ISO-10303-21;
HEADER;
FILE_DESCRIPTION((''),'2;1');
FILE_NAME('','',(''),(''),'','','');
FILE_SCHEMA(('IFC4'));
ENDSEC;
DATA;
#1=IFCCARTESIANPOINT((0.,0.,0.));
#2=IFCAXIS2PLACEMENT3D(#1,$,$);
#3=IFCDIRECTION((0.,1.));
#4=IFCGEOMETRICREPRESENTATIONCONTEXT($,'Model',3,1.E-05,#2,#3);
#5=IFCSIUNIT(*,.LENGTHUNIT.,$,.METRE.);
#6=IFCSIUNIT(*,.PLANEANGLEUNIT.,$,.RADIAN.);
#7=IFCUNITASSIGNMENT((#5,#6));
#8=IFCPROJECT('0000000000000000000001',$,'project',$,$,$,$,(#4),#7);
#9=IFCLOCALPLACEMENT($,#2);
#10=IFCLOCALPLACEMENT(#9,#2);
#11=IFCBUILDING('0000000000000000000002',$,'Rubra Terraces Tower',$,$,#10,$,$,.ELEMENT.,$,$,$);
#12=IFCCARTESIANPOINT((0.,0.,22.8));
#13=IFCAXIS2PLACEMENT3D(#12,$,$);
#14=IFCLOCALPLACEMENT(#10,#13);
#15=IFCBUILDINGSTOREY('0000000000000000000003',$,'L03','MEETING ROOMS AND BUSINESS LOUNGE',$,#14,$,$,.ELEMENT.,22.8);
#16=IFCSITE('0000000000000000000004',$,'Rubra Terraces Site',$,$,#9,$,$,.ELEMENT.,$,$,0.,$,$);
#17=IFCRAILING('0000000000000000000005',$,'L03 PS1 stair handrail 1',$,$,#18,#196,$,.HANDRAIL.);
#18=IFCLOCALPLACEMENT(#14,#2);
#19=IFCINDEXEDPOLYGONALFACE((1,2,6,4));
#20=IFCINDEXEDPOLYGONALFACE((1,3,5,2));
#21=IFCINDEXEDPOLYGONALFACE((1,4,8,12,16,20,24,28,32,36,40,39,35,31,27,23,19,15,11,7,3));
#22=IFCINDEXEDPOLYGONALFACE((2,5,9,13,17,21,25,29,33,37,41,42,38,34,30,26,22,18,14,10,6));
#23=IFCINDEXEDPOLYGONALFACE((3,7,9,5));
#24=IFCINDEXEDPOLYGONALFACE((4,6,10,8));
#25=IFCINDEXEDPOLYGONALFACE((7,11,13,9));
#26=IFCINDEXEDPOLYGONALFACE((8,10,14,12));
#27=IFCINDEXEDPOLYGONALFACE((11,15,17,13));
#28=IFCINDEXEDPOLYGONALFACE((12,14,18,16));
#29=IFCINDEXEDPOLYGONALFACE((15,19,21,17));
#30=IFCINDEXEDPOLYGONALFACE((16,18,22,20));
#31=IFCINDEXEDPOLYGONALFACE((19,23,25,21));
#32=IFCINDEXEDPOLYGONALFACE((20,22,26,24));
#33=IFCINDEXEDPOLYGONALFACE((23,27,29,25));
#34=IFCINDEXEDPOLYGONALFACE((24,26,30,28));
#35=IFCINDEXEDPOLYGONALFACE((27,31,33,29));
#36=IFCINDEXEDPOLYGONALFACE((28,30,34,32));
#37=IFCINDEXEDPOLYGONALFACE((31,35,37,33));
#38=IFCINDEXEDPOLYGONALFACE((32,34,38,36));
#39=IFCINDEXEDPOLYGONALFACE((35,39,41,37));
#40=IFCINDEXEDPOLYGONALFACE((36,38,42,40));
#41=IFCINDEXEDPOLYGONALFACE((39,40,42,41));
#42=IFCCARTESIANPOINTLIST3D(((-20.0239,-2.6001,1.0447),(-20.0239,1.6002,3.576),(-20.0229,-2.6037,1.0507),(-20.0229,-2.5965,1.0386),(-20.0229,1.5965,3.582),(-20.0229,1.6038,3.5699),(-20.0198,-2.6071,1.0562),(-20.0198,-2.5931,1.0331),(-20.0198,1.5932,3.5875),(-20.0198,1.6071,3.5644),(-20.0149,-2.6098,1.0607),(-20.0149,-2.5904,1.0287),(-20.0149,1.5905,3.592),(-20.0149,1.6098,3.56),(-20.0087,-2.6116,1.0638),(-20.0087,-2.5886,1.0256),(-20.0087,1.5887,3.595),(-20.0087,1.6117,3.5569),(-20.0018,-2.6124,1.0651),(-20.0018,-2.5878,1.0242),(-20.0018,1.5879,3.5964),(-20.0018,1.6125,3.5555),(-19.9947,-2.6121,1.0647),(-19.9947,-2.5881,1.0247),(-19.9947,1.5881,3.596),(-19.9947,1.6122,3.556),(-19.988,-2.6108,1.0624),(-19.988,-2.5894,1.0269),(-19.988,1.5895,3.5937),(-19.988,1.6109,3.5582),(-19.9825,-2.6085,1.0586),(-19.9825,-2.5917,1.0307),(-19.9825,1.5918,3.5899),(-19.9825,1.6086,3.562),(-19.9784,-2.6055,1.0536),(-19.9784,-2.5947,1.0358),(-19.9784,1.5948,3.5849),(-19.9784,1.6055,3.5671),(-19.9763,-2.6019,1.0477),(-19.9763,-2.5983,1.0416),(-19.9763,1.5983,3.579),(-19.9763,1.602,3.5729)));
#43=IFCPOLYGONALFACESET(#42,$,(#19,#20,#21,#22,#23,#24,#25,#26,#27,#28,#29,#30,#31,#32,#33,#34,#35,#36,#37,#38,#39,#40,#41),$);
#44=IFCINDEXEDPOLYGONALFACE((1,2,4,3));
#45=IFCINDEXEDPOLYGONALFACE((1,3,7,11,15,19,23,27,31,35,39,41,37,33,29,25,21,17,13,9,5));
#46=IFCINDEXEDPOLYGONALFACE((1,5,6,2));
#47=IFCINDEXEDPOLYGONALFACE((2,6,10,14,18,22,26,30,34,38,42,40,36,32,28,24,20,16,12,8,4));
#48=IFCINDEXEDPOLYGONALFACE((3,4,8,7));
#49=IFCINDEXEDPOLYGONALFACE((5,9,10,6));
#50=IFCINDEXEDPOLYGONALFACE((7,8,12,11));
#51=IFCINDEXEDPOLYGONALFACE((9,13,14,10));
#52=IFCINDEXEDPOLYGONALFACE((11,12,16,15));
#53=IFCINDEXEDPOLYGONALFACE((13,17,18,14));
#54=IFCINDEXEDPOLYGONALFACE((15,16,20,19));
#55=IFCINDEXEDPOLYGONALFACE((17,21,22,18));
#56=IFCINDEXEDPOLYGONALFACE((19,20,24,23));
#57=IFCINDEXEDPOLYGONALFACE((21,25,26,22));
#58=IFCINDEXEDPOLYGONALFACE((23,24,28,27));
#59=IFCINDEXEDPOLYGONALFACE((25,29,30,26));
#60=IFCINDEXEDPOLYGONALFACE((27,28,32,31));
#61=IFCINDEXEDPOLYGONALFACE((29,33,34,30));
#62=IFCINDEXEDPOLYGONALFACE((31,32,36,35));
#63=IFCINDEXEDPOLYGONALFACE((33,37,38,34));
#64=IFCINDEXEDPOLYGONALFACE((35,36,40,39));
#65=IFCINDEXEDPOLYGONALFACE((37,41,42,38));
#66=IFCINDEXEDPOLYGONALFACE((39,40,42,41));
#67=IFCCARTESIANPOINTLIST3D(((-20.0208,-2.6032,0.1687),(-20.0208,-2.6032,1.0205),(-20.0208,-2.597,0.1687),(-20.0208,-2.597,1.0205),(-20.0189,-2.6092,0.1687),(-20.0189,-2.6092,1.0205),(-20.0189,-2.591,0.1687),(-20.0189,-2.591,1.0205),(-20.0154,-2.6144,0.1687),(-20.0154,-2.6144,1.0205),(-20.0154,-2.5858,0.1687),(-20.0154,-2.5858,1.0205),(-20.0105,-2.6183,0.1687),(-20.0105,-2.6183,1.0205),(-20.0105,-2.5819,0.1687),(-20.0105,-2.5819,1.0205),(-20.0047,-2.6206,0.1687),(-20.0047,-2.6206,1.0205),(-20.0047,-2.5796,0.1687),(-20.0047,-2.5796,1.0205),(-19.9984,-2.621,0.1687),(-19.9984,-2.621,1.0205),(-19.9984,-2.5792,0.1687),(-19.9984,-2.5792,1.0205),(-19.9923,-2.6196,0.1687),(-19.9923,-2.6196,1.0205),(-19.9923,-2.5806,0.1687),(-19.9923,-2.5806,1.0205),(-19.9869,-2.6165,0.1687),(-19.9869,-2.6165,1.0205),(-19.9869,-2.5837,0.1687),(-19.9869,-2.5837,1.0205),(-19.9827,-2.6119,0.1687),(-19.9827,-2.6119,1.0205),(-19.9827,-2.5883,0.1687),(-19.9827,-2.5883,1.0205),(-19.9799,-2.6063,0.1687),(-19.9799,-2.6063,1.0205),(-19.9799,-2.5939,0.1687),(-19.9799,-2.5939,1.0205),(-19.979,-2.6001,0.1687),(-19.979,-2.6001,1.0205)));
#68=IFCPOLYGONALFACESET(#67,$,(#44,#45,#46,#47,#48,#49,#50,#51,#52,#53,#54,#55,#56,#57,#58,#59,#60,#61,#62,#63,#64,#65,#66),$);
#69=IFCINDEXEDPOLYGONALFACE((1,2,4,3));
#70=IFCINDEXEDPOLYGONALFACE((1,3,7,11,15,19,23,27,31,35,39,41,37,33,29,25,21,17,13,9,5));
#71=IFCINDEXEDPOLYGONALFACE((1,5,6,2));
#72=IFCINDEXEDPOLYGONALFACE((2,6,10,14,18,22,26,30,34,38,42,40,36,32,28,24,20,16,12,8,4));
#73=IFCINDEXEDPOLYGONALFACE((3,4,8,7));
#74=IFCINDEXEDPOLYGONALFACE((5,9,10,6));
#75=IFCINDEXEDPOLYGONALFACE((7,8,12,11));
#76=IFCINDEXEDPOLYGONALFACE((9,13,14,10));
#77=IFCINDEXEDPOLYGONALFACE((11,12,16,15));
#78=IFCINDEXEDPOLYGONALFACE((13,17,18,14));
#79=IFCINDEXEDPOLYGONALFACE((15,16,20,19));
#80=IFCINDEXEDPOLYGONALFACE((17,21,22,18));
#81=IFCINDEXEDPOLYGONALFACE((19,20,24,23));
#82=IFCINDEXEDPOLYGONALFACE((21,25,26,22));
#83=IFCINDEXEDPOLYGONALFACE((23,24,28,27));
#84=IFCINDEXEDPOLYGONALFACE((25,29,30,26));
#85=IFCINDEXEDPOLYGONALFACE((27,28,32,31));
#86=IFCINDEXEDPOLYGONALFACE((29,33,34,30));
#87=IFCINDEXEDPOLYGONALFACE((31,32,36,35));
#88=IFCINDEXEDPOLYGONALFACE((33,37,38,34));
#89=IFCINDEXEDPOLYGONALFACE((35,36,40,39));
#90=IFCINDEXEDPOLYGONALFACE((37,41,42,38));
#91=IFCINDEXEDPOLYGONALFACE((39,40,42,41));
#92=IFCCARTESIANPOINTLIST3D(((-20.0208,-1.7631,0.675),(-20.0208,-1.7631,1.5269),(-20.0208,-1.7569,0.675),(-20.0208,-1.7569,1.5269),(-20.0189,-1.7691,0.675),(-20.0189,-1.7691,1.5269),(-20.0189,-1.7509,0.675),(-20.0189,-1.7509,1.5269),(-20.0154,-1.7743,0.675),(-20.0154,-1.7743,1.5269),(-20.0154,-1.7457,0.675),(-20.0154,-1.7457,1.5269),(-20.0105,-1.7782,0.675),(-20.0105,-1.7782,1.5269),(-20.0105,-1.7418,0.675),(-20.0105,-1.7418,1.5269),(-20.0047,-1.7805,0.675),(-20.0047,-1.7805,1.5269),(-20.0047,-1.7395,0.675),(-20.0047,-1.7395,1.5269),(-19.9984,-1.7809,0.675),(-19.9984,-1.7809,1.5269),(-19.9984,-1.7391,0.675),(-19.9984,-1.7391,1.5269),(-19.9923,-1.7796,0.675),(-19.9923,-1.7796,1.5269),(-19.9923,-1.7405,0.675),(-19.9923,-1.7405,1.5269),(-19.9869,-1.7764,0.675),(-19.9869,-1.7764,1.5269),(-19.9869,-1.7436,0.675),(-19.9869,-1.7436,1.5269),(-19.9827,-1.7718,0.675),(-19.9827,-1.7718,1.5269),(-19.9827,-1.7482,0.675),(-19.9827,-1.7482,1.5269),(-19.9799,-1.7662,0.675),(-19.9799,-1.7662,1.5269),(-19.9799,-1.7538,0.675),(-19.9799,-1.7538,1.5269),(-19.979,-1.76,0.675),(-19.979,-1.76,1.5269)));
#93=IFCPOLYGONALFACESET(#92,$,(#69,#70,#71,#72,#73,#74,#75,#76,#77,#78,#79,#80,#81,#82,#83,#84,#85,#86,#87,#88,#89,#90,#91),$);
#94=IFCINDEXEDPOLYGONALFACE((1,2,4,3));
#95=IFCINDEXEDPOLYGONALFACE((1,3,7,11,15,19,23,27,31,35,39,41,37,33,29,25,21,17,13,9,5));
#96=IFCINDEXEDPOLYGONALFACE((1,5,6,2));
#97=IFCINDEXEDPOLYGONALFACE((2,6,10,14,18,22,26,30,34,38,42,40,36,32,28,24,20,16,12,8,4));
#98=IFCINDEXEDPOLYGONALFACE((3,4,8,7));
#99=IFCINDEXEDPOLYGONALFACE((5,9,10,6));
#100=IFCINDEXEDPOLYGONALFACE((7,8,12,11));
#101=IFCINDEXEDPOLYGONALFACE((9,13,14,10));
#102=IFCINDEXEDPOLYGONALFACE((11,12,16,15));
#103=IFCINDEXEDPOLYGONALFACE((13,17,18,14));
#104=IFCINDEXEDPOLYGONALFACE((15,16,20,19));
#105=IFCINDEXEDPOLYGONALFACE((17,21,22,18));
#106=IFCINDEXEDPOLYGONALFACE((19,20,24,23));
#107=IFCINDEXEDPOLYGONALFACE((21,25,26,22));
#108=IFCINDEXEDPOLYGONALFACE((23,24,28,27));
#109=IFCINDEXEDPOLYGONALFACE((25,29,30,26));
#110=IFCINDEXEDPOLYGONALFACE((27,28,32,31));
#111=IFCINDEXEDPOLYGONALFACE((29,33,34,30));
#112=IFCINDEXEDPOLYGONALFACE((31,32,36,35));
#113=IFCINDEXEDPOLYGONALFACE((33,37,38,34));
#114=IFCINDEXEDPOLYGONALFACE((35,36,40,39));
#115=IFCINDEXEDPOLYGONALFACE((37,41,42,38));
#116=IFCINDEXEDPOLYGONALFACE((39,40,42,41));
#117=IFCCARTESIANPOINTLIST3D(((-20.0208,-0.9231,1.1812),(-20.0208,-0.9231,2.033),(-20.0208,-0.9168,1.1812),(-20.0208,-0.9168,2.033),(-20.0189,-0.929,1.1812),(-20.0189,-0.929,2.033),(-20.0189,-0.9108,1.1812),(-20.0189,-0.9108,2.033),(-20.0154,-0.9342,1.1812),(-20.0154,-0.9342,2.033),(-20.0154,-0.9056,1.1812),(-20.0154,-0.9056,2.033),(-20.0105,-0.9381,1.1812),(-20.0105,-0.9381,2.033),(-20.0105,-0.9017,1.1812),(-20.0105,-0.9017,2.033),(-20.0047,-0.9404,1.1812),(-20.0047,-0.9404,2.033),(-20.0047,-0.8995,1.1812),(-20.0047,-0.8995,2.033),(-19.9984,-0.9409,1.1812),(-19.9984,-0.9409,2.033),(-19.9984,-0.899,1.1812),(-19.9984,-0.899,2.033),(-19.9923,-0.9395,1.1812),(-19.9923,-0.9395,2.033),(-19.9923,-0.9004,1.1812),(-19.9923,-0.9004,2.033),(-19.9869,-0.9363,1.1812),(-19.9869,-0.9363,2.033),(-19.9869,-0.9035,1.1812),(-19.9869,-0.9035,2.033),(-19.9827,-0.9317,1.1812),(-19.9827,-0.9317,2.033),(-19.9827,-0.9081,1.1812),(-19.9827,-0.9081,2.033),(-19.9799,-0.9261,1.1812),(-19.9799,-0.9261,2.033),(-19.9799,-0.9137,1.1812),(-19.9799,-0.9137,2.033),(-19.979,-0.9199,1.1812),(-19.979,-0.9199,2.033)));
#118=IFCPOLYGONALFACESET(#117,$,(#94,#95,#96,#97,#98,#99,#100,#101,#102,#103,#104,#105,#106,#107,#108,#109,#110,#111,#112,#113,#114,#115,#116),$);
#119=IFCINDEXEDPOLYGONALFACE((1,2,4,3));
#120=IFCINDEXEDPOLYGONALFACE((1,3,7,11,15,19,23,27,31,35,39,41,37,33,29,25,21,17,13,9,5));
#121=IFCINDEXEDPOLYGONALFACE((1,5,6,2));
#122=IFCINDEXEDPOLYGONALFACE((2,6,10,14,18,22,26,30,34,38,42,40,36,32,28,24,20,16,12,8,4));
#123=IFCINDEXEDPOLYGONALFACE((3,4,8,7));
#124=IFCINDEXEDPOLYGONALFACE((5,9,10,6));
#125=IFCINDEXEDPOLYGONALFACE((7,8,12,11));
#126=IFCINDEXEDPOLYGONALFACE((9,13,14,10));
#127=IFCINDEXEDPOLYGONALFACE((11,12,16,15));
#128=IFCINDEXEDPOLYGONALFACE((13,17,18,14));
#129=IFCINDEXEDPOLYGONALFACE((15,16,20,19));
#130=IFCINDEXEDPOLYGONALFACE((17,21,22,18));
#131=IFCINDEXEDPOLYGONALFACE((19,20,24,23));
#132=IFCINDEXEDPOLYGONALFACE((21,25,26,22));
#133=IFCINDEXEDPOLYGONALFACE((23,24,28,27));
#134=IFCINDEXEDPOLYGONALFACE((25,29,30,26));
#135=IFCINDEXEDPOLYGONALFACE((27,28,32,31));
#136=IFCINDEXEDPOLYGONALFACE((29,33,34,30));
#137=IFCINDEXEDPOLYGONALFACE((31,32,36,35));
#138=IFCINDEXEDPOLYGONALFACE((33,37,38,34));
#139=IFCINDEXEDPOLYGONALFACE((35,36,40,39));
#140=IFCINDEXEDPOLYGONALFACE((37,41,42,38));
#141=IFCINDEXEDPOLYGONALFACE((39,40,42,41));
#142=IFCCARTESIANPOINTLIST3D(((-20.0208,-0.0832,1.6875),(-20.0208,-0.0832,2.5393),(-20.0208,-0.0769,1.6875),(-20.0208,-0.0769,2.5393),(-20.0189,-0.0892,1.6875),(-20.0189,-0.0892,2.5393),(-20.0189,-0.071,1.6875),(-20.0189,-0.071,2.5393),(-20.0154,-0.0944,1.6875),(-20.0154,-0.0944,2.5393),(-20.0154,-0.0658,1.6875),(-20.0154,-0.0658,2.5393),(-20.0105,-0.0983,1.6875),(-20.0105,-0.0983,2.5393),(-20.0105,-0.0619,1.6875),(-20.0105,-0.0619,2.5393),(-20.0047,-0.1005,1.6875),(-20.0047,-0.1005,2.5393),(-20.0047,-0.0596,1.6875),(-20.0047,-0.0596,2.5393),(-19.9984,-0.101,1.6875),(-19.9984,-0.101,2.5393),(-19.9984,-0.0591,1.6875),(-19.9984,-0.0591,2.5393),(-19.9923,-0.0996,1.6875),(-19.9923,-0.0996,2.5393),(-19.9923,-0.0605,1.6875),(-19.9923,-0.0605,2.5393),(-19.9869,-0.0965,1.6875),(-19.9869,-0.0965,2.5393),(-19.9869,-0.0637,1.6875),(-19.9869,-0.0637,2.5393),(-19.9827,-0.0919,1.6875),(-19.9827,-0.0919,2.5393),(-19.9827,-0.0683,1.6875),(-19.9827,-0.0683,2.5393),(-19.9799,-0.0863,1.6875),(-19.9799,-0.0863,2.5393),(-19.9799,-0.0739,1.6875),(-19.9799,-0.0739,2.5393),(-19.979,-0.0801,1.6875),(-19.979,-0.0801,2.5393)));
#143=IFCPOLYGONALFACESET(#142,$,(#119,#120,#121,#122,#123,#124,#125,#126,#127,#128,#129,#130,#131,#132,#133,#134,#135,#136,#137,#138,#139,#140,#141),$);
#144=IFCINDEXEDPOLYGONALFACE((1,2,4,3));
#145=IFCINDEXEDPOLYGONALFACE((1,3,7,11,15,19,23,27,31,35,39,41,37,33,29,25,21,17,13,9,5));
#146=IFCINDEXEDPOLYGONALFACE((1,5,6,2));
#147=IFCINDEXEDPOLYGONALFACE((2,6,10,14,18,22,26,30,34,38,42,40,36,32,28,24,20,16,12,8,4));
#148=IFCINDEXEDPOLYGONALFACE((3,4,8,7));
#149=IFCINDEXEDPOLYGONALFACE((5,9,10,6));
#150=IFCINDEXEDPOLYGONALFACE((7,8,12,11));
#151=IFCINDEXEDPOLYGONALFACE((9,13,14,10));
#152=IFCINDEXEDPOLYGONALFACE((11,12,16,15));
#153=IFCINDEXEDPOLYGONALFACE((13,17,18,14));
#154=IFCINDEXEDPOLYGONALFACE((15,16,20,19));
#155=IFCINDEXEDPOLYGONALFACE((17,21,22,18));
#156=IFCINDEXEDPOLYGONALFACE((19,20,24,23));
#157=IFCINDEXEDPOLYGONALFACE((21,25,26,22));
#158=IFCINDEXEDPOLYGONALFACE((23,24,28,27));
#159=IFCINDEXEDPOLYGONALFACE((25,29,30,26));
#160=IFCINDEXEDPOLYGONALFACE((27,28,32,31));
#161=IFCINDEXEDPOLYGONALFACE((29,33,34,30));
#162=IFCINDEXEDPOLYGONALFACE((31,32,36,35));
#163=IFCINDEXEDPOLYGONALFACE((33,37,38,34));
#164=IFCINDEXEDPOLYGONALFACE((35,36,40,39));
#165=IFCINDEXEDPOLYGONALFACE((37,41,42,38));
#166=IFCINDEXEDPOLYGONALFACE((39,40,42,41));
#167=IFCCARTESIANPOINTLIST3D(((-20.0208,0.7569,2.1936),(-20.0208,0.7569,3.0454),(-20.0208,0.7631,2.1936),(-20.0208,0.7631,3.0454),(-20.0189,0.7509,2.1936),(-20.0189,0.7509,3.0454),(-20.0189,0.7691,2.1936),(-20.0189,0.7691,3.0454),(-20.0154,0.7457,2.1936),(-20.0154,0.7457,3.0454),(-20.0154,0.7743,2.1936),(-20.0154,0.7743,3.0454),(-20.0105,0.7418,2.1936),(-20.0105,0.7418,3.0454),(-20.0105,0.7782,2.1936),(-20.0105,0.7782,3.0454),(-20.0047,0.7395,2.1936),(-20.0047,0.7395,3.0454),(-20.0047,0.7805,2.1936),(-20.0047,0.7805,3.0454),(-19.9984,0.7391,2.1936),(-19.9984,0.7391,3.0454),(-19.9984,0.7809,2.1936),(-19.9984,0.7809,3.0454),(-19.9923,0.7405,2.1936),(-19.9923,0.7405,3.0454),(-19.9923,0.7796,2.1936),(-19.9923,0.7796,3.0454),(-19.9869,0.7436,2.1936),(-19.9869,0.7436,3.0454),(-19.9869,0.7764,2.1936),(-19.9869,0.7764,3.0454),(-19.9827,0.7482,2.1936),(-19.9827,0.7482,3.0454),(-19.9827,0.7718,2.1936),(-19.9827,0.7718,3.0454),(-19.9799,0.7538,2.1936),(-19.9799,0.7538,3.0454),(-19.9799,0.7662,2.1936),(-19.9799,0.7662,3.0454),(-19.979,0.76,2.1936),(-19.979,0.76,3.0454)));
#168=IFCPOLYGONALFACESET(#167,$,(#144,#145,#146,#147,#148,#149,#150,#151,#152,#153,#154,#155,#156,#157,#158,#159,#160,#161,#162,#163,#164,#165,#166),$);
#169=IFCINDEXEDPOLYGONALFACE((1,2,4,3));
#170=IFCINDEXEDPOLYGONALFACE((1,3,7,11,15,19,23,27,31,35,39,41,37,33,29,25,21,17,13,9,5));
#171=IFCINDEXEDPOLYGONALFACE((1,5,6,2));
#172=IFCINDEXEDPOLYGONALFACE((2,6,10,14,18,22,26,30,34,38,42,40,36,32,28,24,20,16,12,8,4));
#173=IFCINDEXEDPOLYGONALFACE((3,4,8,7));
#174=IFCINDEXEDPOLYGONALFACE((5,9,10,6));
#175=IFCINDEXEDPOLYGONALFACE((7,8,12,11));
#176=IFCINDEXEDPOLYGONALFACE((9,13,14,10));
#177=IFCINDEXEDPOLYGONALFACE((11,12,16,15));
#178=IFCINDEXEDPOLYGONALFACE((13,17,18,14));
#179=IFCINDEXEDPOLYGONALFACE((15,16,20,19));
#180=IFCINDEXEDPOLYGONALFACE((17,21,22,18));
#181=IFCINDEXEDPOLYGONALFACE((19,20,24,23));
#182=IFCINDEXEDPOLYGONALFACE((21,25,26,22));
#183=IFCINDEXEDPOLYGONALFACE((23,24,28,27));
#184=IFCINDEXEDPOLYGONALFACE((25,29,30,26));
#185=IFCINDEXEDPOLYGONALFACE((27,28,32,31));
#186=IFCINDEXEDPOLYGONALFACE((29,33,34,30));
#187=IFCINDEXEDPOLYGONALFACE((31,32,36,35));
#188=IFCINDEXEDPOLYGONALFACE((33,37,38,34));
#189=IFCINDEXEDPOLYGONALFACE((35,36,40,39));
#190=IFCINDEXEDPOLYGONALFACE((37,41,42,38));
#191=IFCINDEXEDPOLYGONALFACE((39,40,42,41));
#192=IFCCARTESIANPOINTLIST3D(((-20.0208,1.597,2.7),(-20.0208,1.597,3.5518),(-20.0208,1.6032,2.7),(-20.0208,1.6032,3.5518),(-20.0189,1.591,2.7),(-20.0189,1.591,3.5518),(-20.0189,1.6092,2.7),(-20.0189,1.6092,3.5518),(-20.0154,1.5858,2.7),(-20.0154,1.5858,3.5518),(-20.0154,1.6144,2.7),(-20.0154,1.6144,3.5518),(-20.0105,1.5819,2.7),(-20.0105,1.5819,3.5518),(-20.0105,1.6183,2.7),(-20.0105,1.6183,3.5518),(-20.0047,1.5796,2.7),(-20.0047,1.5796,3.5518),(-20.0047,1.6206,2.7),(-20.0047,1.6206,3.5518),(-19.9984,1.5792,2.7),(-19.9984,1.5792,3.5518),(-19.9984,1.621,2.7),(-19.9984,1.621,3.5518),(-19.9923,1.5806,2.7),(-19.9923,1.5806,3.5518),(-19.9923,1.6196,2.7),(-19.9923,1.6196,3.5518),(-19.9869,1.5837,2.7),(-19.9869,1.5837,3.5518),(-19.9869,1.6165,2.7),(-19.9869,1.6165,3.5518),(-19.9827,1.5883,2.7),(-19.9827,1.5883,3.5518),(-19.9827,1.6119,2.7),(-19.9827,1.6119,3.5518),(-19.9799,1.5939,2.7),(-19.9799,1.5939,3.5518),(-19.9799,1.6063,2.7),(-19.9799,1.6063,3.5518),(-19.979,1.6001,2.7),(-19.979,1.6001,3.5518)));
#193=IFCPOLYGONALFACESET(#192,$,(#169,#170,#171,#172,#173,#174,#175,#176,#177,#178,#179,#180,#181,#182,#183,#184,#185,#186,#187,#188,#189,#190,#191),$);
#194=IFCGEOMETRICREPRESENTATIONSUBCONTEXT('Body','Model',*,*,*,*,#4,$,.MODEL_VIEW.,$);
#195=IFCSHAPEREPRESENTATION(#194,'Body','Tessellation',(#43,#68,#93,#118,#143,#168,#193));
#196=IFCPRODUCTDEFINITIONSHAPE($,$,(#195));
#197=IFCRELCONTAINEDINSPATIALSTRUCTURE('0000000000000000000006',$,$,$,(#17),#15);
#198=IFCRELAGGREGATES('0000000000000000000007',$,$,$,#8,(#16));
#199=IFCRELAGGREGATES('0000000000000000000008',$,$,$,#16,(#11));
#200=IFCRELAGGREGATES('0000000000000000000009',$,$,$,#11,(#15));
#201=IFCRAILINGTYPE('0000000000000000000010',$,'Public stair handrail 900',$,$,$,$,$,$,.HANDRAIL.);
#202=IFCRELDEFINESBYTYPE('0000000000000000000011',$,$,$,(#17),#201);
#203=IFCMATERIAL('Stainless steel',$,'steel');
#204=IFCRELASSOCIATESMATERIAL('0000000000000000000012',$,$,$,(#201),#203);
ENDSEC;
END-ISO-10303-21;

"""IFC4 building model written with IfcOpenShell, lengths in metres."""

from ifc_helpers import new_model, si_unit, direction, frame, origin, origin_2d, place, context, subcontext, project, spatial, circle, extrude, material, type_object, element, save


model = new_model("IFC4")

# Units and contexts
model_context = context("Model", 3, precision=1e-05, world=origin(), true_north=direction((0.0, 1.0)))
body_context = subcontext(model_context, "Body", "Model", "MODEL_VIEW")
ifc_project = project(units=[si_unit("LENGTHUNIT", "METRE"), si_unit("PLANEANGLEUNIT", "RADIAN")], contexts=[model_context])

# Site, building, storey
site_placement = place(None, origin())
site = spatial("IfcSite", under=ifc_project, at=site_placement, Name="Rubra Terraces Site", CompositionType="ELEMENT", RefElevation=0.0)
building_placement = place(site_placement, origin())
building = spatial("IfcBuilding", under=site, at=building_placement, Name="Rubra Terraces Tower", CompositionType="ELEMENT")
storey_placement = place(building_placement, frame((0.0, 0.0, 22.8)))
storey = spatial("IfcBuildingStorey", under=building, at=storey_placement, Name="L03", Description="MEETING ROOMS AND BUSINESS LOUNGE", CompositionType="ELEMENT", Elevation=22.8)

# Railing
ifc_material_1 = material(Name="Stainless steel", Category="steel")
railing_type_1 = type_object("IfcRailingType", Name="Public stair handrail 900", PredefinedType="HANDRAIL", material=ifc_material_1)
railing_1_placement = place(storey_placement, frame((-20.0, -2.6001, 0.1687)))
element("IfcRailing", 1, at=railing_1_placement, inside=storey, type_object=railing_type_1, Name="L03 PS1 stair handrail 1", PredefinedType="HANDRAIL", context=body_context, shape_type="SweptSolid", body=[
    extrude(circle(Radius=0.0239, at=origin_2d()), frame((0.0, 0.0, 0.876), z_axis=(0.0, 0.85649, 0.516164), x_axis=(-1.0, 0.0, 0.0)), (0.0, 0.0, 1.0), 4.9041),
    extrude(circle(Radius=0.021, at=origin_2d()), origin(), (0.0, 0.0, 1.0), 0.8518),
    extrude(circle(Radius=0.021, at=origin_2d()), frame((0.0, 0.8401, 0.5063)), (0.0, 0.0, 1.0), 0.8518),
    extrude(circle(Radius=0.021, at=origin_2d()), frame((0.0, 1.6802, 1.0125)), (0.0, 0.0, 1.0), 0.8518),
    extrude(circle(Radius=0.021, at=origin_2d()), frame((0.0, 2.52, 1.5188)), (0.0, 0.0, 1.0), 0.8518),
    extrude(circle(Radius=0.021, at=origin_2d()), frame((0.0, 3.3601, 2.0249)), (0.0, 0.0, 1.0), 0.8518),
    extrude(circle(Radius=0.021, at=origin_2d()), frame((0.0, 4.2002, 2.5312)), (0.0, 0.0, 1.0), 0.8518),
])

save(model, "model.ifc")
